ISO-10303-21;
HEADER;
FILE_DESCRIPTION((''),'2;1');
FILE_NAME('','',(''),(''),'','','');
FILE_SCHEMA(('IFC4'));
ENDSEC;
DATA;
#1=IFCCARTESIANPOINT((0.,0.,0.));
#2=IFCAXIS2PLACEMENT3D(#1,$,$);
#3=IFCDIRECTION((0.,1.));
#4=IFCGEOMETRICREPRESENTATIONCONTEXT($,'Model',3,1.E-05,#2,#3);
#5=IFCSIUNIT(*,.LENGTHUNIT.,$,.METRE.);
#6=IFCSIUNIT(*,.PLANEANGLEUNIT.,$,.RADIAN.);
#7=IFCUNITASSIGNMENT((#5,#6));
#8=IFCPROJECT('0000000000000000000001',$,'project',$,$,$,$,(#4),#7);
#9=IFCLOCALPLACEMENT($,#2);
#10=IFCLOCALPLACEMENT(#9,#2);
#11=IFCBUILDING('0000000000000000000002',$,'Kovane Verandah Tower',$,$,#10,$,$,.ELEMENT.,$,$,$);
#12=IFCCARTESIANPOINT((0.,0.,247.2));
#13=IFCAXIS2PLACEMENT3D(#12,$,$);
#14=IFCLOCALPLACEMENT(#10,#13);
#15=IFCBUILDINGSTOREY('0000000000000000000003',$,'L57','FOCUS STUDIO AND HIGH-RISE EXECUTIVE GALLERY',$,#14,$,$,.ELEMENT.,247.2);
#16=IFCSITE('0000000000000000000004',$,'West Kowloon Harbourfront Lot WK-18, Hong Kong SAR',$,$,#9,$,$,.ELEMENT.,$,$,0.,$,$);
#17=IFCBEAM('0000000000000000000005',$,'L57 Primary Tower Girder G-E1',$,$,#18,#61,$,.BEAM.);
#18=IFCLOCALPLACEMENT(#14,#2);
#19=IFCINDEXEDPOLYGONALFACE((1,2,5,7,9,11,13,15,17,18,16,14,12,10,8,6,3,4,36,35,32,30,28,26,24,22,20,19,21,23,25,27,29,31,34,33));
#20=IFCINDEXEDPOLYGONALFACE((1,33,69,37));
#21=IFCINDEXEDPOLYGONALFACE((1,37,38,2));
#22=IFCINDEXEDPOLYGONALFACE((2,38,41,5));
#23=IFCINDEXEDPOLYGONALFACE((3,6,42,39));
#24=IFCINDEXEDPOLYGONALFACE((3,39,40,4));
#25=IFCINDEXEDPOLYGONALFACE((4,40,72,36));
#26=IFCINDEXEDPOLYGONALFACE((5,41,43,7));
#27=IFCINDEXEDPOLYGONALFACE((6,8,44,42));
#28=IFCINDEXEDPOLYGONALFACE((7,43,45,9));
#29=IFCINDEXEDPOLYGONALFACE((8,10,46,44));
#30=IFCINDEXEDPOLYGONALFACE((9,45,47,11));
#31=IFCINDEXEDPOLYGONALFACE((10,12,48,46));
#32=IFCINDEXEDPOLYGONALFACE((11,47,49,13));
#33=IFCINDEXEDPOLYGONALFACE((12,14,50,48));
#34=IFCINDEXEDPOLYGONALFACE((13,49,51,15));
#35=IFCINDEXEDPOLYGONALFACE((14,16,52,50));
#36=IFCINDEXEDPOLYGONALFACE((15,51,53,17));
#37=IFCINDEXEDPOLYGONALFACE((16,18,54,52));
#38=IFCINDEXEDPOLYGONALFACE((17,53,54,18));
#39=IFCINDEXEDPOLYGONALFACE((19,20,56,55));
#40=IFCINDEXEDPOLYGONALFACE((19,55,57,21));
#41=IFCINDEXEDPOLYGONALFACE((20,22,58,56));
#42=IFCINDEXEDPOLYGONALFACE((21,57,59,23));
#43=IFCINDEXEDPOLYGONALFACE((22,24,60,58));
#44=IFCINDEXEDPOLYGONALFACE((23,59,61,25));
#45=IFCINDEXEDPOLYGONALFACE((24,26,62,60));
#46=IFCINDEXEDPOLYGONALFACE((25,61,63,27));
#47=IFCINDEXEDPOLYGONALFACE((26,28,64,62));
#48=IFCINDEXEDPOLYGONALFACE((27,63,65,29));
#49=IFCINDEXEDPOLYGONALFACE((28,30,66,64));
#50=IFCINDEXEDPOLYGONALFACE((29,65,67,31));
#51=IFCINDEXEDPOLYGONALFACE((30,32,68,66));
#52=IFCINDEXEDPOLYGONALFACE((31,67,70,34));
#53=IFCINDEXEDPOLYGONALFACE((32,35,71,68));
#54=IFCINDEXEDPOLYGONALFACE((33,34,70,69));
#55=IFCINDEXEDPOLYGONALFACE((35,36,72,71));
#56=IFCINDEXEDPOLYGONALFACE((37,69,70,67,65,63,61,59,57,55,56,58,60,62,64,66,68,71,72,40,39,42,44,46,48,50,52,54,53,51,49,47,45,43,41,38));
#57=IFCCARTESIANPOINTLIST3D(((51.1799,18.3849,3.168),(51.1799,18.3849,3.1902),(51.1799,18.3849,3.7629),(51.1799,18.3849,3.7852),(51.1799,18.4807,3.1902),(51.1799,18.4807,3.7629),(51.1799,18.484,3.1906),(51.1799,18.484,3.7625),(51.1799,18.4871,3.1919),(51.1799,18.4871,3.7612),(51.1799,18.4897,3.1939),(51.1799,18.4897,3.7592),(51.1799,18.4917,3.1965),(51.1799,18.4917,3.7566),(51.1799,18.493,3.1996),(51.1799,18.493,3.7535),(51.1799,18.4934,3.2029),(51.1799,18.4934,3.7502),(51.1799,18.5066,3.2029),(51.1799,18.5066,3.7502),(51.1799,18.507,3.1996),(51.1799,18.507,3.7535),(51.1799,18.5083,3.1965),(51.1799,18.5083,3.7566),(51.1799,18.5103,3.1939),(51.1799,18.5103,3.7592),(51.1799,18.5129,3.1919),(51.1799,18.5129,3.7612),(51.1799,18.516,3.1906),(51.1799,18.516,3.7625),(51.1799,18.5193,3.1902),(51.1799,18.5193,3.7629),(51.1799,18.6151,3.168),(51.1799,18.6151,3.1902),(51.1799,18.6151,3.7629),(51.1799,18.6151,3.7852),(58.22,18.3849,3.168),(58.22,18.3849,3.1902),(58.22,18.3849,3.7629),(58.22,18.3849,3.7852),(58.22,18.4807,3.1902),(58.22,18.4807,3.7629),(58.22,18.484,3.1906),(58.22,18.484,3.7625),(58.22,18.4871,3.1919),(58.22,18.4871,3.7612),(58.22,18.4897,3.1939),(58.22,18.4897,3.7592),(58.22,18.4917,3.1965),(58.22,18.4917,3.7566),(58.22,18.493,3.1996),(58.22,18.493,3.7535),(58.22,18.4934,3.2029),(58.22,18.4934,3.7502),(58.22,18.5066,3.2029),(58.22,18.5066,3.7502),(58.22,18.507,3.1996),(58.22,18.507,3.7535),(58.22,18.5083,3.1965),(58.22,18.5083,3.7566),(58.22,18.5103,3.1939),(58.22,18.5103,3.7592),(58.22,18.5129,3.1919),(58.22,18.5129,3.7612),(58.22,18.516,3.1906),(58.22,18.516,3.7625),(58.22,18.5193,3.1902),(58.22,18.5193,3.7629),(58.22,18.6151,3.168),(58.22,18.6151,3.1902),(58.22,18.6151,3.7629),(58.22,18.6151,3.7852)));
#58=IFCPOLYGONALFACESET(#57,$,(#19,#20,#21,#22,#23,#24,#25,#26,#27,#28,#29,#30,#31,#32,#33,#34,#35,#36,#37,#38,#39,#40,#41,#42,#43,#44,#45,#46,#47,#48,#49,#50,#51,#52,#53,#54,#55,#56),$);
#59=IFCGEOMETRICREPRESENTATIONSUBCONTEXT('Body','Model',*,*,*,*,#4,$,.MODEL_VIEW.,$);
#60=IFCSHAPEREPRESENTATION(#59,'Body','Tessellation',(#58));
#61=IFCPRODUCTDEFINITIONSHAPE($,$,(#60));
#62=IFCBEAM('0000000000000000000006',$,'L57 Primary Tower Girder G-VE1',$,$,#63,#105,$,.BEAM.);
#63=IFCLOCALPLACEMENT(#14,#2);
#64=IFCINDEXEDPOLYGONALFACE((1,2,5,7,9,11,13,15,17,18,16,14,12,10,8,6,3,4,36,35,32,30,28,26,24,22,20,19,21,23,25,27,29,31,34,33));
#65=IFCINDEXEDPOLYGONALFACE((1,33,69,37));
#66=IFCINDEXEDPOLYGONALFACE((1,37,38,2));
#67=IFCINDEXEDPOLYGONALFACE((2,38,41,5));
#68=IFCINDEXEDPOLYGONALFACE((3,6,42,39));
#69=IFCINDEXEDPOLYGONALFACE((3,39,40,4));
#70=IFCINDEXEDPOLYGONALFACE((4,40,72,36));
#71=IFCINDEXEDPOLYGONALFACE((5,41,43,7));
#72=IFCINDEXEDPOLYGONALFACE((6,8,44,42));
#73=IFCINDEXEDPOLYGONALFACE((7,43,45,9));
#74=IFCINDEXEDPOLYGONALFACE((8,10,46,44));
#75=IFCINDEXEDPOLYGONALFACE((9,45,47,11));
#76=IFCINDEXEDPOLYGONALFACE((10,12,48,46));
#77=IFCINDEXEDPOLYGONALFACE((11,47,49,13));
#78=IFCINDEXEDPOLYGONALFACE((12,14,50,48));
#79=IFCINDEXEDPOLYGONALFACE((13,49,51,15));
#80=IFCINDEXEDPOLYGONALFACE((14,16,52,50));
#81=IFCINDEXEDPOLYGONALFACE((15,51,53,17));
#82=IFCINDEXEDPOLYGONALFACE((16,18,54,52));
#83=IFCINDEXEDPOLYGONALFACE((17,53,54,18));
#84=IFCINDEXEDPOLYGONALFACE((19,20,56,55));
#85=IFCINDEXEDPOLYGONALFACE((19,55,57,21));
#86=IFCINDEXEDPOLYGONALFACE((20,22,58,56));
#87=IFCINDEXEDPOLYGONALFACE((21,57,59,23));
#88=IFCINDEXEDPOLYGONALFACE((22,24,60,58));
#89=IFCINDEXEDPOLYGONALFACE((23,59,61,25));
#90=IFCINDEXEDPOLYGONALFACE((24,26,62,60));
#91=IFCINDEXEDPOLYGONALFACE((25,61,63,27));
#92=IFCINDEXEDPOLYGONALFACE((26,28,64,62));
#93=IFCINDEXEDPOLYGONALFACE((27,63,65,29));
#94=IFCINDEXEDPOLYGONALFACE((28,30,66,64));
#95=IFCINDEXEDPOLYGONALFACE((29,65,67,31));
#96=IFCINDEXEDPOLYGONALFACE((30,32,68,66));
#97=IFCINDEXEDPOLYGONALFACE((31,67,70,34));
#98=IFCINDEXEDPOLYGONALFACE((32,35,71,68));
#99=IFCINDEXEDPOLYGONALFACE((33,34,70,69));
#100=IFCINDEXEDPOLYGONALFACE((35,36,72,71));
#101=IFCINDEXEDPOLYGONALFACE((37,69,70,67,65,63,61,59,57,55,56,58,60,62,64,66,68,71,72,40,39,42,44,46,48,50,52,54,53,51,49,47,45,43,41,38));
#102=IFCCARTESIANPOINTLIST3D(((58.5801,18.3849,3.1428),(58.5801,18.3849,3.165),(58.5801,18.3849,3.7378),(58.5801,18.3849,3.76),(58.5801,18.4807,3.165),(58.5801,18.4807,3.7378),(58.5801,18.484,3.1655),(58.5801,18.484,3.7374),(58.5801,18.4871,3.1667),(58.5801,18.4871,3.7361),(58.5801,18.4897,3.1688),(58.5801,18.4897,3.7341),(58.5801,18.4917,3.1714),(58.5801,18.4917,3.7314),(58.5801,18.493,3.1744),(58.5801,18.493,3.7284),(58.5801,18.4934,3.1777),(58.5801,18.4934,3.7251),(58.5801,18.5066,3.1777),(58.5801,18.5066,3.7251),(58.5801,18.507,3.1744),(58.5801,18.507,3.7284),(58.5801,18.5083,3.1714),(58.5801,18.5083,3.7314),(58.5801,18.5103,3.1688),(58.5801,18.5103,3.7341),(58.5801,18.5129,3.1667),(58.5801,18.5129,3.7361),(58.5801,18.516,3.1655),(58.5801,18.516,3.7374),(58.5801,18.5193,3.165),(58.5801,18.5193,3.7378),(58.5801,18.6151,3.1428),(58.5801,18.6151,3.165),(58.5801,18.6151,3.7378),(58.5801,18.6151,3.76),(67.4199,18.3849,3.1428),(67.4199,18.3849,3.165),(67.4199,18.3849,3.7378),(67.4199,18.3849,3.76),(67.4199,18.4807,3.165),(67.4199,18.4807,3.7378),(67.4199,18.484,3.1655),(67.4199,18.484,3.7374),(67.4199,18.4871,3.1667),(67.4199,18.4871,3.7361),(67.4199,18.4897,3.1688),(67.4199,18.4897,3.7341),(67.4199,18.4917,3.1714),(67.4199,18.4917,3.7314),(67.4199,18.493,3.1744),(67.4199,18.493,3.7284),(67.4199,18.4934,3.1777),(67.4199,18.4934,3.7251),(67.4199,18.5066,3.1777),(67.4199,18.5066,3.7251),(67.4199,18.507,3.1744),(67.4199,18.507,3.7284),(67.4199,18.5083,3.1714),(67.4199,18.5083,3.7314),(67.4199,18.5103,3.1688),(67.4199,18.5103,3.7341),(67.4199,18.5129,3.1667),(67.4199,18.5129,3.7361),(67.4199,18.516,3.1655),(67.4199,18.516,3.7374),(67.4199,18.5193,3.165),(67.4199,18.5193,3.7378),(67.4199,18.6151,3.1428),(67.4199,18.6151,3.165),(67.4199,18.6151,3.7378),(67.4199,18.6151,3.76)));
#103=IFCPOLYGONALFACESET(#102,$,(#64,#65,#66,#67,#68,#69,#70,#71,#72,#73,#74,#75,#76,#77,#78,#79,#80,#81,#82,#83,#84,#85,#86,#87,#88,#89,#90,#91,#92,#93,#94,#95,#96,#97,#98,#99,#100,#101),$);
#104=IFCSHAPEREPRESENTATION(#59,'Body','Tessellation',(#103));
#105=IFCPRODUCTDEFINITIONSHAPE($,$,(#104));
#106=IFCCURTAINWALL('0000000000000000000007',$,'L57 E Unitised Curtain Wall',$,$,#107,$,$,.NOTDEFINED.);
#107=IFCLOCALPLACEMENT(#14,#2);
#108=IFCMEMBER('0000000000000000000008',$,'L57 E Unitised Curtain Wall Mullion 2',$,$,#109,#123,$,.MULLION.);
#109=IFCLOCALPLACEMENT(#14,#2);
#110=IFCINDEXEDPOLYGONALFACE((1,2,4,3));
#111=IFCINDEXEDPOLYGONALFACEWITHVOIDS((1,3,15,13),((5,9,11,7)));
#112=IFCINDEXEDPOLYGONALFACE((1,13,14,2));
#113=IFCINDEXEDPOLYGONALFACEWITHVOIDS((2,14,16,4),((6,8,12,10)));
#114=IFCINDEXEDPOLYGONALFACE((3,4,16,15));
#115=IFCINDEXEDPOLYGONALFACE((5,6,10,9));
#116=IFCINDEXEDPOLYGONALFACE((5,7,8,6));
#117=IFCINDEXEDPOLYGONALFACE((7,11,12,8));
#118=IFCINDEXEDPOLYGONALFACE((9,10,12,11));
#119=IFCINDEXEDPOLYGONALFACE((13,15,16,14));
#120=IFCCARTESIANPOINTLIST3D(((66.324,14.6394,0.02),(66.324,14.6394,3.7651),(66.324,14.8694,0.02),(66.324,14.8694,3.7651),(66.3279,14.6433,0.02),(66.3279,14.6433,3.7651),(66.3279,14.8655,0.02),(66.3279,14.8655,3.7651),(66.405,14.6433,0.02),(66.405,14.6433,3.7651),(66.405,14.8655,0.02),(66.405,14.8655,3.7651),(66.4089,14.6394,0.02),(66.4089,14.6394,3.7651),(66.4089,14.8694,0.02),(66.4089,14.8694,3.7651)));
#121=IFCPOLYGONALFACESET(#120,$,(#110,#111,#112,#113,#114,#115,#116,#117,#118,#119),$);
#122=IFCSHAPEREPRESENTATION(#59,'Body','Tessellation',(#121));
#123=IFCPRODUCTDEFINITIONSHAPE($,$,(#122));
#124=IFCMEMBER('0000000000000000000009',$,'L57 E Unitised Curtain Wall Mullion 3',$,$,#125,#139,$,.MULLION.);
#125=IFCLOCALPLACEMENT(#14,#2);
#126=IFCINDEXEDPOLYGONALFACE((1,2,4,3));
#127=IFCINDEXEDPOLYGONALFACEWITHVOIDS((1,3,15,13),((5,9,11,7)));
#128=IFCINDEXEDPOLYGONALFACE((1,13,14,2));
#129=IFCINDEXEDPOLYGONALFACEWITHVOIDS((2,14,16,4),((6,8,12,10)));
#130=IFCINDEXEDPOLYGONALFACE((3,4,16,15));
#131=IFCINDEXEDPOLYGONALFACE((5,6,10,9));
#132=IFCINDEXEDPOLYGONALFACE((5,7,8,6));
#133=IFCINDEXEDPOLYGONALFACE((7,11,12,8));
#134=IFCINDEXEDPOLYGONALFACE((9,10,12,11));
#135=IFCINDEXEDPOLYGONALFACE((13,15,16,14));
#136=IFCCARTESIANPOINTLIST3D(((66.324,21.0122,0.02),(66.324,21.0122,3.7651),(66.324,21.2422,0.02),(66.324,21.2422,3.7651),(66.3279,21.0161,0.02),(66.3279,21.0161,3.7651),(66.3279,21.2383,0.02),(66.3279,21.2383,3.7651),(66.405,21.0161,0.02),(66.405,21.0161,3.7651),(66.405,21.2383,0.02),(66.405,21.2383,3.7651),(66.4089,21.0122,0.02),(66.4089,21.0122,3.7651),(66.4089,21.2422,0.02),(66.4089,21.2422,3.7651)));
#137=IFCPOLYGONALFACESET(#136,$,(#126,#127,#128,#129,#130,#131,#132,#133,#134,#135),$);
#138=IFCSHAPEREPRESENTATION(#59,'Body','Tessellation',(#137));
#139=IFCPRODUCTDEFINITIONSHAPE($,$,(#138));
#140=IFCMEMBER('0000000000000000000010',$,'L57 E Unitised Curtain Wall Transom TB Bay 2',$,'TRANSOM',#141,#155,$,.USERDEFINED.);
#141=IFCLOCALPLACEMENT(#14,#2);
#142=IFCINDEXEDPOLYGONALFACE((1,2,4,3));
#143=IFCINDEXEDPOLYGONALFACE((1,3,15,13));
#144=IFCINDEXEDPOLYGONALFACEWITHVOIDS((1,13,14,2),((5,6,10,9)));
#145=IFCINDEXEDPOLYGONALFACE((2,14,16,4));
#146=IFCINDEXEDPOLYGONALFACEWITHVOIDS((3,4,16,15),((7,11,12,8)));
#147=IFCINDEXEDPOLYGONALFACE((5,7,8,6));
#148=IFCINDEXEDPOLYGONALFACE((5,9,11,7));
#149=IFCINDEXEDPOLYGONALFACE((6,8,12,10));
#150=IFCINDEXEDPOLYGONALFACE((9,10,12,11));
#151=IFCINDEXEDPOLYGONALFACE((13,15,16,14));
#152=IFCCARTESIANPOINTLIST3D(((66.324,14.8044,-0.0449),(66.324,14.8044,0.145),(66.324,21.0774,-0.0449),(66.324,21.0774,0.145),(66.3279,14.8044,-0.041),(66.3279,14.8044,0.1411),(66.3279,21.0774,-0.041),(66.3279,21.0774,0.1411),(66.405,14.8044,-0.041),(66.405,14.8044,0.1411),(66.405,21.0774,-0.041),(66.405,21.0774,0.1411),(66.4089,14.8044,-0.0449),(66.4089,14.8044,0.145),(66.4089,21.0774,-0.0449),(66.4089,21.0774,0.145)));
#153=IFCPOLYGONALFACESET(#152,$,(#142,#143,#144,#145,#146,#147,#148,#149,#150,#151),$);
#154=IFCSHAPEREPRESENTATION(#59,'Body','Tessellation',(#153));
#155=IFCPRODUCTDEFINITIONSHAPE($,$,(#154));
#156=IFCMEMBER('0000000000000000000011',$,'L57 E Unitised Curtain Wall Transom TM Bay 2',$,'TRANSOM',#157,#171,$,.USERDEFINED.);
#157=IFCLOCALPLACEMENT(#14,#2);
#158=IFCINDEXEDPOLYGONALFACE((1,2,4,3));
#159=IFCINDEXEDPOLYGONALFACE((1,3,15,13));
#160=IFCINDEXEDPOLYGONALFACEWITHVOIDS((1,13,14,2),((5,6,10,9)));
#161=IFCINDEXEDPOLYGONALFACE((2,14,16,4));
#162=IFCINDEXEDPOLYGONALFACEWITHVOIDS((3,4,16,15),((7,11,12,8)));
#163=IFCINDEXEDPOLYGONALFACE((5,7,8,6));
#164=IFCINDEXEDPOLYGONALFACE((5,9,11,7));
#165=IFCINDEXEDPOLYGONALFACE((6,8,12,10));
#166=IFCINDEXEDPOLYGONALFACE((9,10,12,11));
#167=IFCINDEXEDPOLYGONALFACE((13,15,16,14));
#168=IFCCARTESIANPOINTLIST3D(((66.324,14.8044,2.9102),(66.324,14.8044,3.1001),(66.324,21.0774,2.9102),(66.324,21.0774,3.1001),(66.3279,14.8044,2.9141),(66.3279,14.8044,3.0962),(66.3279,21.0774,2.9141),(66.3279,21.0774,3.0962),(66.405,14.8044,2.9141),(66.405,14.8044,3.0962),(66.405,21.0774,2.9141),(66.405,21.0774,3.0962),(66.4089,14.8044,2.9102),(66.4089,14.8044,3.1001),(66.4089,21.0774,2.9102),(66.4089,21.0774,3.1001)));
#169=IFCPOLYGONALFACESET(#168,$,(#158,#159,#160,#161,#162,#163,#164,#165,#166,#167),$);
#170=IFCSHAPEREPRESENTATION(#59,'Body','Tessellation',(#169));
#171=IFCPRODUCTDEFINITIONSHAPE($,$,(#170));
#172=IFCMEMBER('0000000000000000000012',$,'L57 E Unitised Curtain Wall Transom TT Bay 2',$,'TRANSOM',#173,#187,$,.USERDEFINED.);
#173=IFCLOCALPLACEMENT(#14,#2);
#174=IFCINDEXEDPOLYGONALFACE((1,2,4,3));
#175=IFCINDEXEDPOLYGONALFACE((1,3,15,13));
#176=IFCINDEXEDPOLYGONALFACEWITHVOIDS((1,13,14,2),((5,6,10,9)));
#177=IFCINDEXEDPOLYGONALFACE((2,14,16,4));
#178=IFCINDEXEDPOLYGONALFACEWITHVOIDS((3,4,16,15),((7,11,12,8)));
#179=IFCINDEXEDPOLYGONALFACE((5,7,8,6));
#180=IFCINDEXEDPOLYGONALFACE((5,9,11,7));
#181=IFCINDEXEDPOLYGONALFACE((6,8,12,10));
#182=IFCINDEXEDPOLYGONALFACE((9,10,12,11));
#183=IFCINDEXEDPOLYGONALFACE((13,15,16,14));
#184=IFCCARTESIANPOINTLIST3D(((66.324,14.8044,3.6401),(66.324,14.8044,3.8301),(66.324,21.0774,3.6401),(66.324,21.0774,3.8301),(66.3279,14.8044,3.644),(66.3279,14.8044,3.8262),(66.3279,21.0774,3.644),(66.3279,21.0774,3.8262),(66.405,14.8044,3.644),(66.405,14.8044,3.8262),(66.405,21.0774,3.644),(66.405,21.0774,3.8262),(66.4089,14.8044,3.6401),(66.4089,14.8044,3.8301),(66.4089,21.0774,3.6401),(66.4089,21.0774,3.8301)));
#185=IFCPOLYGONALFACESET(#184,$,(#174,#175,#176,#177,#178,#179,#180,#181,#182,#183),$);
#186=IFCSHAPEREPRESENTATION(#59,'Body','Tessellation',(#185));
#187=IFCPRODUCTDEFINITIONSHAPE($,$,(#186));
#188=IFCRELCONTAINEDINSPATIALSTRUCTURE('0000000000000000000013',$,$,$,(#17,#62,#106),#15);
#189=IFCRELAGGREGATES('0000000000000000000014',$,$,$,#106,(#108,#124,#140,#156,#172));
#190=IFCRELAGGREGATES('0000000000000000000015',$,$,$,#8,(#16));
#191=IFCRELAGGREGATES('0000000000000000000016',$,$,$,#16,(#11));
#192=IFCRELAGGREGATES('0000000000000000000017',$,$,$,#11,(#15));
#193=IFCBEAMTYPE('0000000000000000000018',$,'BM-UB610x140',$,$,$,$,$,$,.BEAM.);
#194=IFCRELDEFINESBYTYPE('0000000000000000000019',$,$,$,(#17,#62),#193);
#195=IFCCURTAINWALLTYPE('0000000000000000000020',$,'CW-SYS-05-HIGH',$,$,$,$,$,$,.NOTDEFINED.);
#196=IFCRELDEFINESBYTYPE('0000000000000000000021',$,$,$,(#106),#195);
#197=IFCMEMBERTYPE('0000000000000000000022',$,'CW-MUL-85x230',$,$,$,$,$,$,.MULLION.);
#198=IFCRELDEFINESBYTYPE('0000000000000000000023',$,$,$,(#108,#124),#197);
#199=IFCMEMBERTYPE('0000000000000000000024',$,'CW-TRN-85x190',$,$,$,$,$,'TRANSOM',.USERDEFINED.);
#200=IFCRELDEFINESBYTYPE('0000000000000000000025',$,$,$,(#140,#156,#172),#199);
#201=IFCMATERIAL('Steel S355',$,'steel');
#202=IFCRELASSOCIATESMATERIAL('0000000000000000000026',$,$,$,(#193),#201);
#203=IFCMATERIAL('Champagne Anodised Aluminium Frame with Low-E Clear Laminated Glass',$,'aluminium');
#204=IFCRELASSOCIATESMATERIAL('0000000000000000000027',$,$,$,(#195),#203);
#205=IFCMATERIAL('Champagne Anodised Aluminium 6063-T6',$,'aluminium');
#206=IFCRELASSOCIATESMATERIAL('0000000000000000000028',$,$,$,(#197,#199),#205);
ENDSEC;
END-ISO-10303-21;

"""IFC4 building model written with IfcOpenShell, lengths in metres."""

from ifc_helpers import new_model, si_unit, direction, frame, origin, origin_2d, place, context, subcontext, project, spatial, hollow_rectangle, i_section, extrude, material, material_profile, profile_set, type_object, element, aggregate, save


model = new_model("IFC4")

# Units and contexts
model_context = context("Model", 3, precision=1e-05, world=origin(), true_north=direction((0.0, 1.0)))
body_context = subcontext(model_context, "Body", "Model", "MODEL_VIEW")
ifc_project = project(units=[si_unit("LENGTHUNIT", "METRE"), si_unit("PLANEANGLEUNIT", "RADIAN")], contexts=[model_context])

# Site, building, storey
site_placement = place(None, origin())
site = spatial("IfcSite", under=ifc_project, at=site_placement, Name="West Kowloon Harbourfront Lot WK-18, Hong Kong SAR", CompositionType="ELEMENT", RefElevation=0.0)
building_placement = place(site_placement, origin())
building = spatial("IfcBuilding", under=site, at=building_placement, Name="Kovane Verandah Tower", CompositionType="ELEMENT")
storey_placement = place(building_placement, frame((0.0, 0.0, 247.2)))
storey = spatial("IfcBuildingStorey", under=building, at=storey_placement, Name="L57", Description="FOCUS STUDIO AND HIGH-RISE EXECUTIVE GALLERY", CompositionType="ELEMENT", Elevation=247.2)

# Beams
ifc_material_1 = material(Name="Steel S355", Category="steel")
ifc_material_profile_1 = material_profile(ifc_material_1, i_section(OverallWidth=0.2302, OverallDepth=0.6172, WebThickness=0.0132, FlangeThickness=0.0222, FilletRadius=0.0127, at=origin_2d()), Name="UB610x229x140")
ifc_profile_set_1 = profile_set([ifc_material_profile_1], Name="Steel S355")
beam_type_1 = type_object("IfcBeamType", Name="BM-UB610x140", PredefinedType="BEAM", material=ifc_profile_set_1)
beam_1_placement = place(storey_placement, frame((51.1799, 18.5, 3.4766), z_axis=(1.0, 0.0, 0.0), x_axis=(0.0, 1.0, 0.0)))
element("IfcBeam", 1, at=beam_1_placement, inside=storey, type_object=beam_type_1, Name="L57 Primary Tower Girder G-E1", PredefinedType="BEAM", context=body_context, shape_type="SweptSolid", body=[
    extrude(i_section(OverallWidth=0.2302, OverallDepth=0.6172, WebThickness=0.0132, FlangeThickness=0.0222, FilletRadius=0.0127, at=origin_2d()), origin(), (0.0, 0.0, 1.0), 7.04),
])
beam_2_placement = place(storey_placement, frame((58.5801, 18.5, 3.4514), z_axis=(1.0, 0.0, 0.0), x_axis=(0.0, 1.0, 0.0)))
element("IfcBeam", 2, at=beam_2_placement, inside=storey, type_object=beam_type_1, Name="L57 Primary Tower Girder G-VE1", PredefinedType="BEAM", context=body_context, shape_type="SweptSolid", body=[
    extrude(i_section(OverallWidth=0.2302, OverallDepth=0.6172, WebThickness=0.0132, FlangeThickness=0.0222, FilletRadius=0.0127, at=origin_2d()), origin(), (0.0, 0.0, 1.0), 8.8398),
])

# Curtain wall, members
ifc_material_2 = material(Name="Champagne Anodised Aluminium Frame with Low-E Clear Laminated Glass", Category="aluminium")
curtain_wall_type = type_object("IfcCurtainWallType", Name="CW-SYS-05-HIGH", PredefinedType="NOTDEFINED", material=ifc_material_2)
curtain_wall_placement = place(storey_placement, origin())
curtain_wall = element("IfcCurtainWall", 3, at=curtain_wall_placement, inside=storey, type_object=curtain_wall_type, Name="L57 E Unitised Curtain Wall", PredefinedType="NOTDEFINED")
ifc_material_3 = material(Name="Champagne Anodised Aluminium 6063-T6", Category="aluminium")
ifc_material_profile_2 = material_profile(ifc_material_3, hollow_rectangle(XDim=0.085, YDim=0.23, WallThickness=0.0039, at=origin_2d()), Name="AL85x230x4")
ifc_profile_set_2 = profile_set([ifc_material_profile_2], Name="Champagne Anodised Aluminium 6063-T6")
member_type_1 = type_object("IfcMemberType", Name="CW-MUL-85x230", PredefinedType="MULLION", material=ifc_profile_set_2)
member_1_placement = place(storey_placement, frame((66.3665, 14.7544, 0.02), z_axis=(0.0, 0.0, 1.0), x_axis=(1.0, 0.0, 0.0)))
member_1 = element("IfcMember", 4, at=member_1_placement, type_object=member_type_1, Name="L57 E Unitised Curtain Wall Mullion 2", PredefinedType="MULLION", context=body_context, shape_type="SweptSolid", body=[
    extrude(hollow_rectangle(XDim=0.085, YDim=0.23, WallThickness=0.0039, at=origin_2d()), origin(), (0.0, 0.0, 1.0), 3.7451),
])
member_2_placement = place(storey_placement, frame((66.3665, 21.1272, 0.02), z_axis=(0.0, 0.0, 1.0), x_axis=(1.0, 0.0, 0.0)))
member_2 = element("IfcMember", 5, at=member_2_placement, type_object=member_type_1, Name="L57 E Unitised Curtain Wall Mullion 3", PredefinedType="MULLION", context=body_context, shape_type="SweptSolid", body=[
    extrude(hollow_rectangle(XDim=0.085, YDim=0.23, WallThickness=0.0039, at=origin_2d()), origin(), (0.0, 0.0, 1.0), 3.7451),
])
ifc_material_profile_3 = material_profile(ifc_material_3, hollow_rectangle(XDim=0.085, YDim=0.1899, WallThickness=0.0039, at=origin_2d()), Name="AL85x190x4")
ifc_profile_set_3 = profile_set([ifc_material_profile_3], Name="Champagne Anodised Aluminium 6063-T6")
member_type_2 = type_object("IfcMemberType", Name="CW-TRN-85x190", ElementType="TRANSOM", PredefinedType="USERDEFINED", material=ifc_profile_set_3)
member_3_placement = place(storey_placement, frame((66.3665, 14.8044, 0.05), z_axis=(0.0, 1.0, 0.0), x_axis=(-1.0, 0.0, 0.0)))
member_3 = element("IfcMember", 6, at=member_3_placement, type_object=member_type_2, Name="L57 E Unitised Curtain Wall Transom TB Bay 2", ObjectType="TRANSOM", PredefinedType="USERDEFINED", context=body_context, shape_type="SweptSolid", body=[
    extrude(hollow_rectangle(XDim=0.085, YDim=0.1899, WallThickness=0.0039, at=origin_2d()), origin(), (0.0, 0.0, 1.0), 6.2729),
])
member_4_placement = place(storey_placement, frame((66.3665, 14.8044, 3.0051), z_axis=(0.0, 1.0, 0.0), x_axis=(-1.0, 0.0, 0.0)))
member_4 = element("IfcMember", 7, at=member_4_placement, type_object=member_type_2, Name="L57 E Unitised Curtain Wall Transom TM Bay 2", ObjectType="TRANSOM", PredefinedType="USERDEFINED", context=body_context, shape_type="SweptSolid", body=[
    extrude(hollow_rectangle(XDim=0.085, YDim=0.1899, WallThickness=0.0039, at=origin_2d()), origin(), (0.0, 0.0, 1.0), 6.2729),
])
member_5_placement = place(storey_placement, frame((66.3665, 14.8044, 3.7351), z_axis=(0.0, 1.0, 0.0), x_axis=(-1.0, 0.0, 0.0)))
member_5 = element("IfcMember", 8, at=member_5_placement, type_object=member_type_2, Name="L57 E Unitised Curtain Wall Transom TT Bay 2", ObjectType="TRANSOM", PredefinedType="USERDEFINED", context=body_context, shape_type="SweptSolid", body=[
    extrude(hollow_rectangle(XDim=0.085, YDim=0.1899, WallThickness=0.0039, at=origin_2d()), origin(), (0.0, 0.0, 1.0), 6.2729),
])

aggregate(curtain_wall, [member_1, member_2, member_3, member_4, member_5])

save(model, "model.ifc")
